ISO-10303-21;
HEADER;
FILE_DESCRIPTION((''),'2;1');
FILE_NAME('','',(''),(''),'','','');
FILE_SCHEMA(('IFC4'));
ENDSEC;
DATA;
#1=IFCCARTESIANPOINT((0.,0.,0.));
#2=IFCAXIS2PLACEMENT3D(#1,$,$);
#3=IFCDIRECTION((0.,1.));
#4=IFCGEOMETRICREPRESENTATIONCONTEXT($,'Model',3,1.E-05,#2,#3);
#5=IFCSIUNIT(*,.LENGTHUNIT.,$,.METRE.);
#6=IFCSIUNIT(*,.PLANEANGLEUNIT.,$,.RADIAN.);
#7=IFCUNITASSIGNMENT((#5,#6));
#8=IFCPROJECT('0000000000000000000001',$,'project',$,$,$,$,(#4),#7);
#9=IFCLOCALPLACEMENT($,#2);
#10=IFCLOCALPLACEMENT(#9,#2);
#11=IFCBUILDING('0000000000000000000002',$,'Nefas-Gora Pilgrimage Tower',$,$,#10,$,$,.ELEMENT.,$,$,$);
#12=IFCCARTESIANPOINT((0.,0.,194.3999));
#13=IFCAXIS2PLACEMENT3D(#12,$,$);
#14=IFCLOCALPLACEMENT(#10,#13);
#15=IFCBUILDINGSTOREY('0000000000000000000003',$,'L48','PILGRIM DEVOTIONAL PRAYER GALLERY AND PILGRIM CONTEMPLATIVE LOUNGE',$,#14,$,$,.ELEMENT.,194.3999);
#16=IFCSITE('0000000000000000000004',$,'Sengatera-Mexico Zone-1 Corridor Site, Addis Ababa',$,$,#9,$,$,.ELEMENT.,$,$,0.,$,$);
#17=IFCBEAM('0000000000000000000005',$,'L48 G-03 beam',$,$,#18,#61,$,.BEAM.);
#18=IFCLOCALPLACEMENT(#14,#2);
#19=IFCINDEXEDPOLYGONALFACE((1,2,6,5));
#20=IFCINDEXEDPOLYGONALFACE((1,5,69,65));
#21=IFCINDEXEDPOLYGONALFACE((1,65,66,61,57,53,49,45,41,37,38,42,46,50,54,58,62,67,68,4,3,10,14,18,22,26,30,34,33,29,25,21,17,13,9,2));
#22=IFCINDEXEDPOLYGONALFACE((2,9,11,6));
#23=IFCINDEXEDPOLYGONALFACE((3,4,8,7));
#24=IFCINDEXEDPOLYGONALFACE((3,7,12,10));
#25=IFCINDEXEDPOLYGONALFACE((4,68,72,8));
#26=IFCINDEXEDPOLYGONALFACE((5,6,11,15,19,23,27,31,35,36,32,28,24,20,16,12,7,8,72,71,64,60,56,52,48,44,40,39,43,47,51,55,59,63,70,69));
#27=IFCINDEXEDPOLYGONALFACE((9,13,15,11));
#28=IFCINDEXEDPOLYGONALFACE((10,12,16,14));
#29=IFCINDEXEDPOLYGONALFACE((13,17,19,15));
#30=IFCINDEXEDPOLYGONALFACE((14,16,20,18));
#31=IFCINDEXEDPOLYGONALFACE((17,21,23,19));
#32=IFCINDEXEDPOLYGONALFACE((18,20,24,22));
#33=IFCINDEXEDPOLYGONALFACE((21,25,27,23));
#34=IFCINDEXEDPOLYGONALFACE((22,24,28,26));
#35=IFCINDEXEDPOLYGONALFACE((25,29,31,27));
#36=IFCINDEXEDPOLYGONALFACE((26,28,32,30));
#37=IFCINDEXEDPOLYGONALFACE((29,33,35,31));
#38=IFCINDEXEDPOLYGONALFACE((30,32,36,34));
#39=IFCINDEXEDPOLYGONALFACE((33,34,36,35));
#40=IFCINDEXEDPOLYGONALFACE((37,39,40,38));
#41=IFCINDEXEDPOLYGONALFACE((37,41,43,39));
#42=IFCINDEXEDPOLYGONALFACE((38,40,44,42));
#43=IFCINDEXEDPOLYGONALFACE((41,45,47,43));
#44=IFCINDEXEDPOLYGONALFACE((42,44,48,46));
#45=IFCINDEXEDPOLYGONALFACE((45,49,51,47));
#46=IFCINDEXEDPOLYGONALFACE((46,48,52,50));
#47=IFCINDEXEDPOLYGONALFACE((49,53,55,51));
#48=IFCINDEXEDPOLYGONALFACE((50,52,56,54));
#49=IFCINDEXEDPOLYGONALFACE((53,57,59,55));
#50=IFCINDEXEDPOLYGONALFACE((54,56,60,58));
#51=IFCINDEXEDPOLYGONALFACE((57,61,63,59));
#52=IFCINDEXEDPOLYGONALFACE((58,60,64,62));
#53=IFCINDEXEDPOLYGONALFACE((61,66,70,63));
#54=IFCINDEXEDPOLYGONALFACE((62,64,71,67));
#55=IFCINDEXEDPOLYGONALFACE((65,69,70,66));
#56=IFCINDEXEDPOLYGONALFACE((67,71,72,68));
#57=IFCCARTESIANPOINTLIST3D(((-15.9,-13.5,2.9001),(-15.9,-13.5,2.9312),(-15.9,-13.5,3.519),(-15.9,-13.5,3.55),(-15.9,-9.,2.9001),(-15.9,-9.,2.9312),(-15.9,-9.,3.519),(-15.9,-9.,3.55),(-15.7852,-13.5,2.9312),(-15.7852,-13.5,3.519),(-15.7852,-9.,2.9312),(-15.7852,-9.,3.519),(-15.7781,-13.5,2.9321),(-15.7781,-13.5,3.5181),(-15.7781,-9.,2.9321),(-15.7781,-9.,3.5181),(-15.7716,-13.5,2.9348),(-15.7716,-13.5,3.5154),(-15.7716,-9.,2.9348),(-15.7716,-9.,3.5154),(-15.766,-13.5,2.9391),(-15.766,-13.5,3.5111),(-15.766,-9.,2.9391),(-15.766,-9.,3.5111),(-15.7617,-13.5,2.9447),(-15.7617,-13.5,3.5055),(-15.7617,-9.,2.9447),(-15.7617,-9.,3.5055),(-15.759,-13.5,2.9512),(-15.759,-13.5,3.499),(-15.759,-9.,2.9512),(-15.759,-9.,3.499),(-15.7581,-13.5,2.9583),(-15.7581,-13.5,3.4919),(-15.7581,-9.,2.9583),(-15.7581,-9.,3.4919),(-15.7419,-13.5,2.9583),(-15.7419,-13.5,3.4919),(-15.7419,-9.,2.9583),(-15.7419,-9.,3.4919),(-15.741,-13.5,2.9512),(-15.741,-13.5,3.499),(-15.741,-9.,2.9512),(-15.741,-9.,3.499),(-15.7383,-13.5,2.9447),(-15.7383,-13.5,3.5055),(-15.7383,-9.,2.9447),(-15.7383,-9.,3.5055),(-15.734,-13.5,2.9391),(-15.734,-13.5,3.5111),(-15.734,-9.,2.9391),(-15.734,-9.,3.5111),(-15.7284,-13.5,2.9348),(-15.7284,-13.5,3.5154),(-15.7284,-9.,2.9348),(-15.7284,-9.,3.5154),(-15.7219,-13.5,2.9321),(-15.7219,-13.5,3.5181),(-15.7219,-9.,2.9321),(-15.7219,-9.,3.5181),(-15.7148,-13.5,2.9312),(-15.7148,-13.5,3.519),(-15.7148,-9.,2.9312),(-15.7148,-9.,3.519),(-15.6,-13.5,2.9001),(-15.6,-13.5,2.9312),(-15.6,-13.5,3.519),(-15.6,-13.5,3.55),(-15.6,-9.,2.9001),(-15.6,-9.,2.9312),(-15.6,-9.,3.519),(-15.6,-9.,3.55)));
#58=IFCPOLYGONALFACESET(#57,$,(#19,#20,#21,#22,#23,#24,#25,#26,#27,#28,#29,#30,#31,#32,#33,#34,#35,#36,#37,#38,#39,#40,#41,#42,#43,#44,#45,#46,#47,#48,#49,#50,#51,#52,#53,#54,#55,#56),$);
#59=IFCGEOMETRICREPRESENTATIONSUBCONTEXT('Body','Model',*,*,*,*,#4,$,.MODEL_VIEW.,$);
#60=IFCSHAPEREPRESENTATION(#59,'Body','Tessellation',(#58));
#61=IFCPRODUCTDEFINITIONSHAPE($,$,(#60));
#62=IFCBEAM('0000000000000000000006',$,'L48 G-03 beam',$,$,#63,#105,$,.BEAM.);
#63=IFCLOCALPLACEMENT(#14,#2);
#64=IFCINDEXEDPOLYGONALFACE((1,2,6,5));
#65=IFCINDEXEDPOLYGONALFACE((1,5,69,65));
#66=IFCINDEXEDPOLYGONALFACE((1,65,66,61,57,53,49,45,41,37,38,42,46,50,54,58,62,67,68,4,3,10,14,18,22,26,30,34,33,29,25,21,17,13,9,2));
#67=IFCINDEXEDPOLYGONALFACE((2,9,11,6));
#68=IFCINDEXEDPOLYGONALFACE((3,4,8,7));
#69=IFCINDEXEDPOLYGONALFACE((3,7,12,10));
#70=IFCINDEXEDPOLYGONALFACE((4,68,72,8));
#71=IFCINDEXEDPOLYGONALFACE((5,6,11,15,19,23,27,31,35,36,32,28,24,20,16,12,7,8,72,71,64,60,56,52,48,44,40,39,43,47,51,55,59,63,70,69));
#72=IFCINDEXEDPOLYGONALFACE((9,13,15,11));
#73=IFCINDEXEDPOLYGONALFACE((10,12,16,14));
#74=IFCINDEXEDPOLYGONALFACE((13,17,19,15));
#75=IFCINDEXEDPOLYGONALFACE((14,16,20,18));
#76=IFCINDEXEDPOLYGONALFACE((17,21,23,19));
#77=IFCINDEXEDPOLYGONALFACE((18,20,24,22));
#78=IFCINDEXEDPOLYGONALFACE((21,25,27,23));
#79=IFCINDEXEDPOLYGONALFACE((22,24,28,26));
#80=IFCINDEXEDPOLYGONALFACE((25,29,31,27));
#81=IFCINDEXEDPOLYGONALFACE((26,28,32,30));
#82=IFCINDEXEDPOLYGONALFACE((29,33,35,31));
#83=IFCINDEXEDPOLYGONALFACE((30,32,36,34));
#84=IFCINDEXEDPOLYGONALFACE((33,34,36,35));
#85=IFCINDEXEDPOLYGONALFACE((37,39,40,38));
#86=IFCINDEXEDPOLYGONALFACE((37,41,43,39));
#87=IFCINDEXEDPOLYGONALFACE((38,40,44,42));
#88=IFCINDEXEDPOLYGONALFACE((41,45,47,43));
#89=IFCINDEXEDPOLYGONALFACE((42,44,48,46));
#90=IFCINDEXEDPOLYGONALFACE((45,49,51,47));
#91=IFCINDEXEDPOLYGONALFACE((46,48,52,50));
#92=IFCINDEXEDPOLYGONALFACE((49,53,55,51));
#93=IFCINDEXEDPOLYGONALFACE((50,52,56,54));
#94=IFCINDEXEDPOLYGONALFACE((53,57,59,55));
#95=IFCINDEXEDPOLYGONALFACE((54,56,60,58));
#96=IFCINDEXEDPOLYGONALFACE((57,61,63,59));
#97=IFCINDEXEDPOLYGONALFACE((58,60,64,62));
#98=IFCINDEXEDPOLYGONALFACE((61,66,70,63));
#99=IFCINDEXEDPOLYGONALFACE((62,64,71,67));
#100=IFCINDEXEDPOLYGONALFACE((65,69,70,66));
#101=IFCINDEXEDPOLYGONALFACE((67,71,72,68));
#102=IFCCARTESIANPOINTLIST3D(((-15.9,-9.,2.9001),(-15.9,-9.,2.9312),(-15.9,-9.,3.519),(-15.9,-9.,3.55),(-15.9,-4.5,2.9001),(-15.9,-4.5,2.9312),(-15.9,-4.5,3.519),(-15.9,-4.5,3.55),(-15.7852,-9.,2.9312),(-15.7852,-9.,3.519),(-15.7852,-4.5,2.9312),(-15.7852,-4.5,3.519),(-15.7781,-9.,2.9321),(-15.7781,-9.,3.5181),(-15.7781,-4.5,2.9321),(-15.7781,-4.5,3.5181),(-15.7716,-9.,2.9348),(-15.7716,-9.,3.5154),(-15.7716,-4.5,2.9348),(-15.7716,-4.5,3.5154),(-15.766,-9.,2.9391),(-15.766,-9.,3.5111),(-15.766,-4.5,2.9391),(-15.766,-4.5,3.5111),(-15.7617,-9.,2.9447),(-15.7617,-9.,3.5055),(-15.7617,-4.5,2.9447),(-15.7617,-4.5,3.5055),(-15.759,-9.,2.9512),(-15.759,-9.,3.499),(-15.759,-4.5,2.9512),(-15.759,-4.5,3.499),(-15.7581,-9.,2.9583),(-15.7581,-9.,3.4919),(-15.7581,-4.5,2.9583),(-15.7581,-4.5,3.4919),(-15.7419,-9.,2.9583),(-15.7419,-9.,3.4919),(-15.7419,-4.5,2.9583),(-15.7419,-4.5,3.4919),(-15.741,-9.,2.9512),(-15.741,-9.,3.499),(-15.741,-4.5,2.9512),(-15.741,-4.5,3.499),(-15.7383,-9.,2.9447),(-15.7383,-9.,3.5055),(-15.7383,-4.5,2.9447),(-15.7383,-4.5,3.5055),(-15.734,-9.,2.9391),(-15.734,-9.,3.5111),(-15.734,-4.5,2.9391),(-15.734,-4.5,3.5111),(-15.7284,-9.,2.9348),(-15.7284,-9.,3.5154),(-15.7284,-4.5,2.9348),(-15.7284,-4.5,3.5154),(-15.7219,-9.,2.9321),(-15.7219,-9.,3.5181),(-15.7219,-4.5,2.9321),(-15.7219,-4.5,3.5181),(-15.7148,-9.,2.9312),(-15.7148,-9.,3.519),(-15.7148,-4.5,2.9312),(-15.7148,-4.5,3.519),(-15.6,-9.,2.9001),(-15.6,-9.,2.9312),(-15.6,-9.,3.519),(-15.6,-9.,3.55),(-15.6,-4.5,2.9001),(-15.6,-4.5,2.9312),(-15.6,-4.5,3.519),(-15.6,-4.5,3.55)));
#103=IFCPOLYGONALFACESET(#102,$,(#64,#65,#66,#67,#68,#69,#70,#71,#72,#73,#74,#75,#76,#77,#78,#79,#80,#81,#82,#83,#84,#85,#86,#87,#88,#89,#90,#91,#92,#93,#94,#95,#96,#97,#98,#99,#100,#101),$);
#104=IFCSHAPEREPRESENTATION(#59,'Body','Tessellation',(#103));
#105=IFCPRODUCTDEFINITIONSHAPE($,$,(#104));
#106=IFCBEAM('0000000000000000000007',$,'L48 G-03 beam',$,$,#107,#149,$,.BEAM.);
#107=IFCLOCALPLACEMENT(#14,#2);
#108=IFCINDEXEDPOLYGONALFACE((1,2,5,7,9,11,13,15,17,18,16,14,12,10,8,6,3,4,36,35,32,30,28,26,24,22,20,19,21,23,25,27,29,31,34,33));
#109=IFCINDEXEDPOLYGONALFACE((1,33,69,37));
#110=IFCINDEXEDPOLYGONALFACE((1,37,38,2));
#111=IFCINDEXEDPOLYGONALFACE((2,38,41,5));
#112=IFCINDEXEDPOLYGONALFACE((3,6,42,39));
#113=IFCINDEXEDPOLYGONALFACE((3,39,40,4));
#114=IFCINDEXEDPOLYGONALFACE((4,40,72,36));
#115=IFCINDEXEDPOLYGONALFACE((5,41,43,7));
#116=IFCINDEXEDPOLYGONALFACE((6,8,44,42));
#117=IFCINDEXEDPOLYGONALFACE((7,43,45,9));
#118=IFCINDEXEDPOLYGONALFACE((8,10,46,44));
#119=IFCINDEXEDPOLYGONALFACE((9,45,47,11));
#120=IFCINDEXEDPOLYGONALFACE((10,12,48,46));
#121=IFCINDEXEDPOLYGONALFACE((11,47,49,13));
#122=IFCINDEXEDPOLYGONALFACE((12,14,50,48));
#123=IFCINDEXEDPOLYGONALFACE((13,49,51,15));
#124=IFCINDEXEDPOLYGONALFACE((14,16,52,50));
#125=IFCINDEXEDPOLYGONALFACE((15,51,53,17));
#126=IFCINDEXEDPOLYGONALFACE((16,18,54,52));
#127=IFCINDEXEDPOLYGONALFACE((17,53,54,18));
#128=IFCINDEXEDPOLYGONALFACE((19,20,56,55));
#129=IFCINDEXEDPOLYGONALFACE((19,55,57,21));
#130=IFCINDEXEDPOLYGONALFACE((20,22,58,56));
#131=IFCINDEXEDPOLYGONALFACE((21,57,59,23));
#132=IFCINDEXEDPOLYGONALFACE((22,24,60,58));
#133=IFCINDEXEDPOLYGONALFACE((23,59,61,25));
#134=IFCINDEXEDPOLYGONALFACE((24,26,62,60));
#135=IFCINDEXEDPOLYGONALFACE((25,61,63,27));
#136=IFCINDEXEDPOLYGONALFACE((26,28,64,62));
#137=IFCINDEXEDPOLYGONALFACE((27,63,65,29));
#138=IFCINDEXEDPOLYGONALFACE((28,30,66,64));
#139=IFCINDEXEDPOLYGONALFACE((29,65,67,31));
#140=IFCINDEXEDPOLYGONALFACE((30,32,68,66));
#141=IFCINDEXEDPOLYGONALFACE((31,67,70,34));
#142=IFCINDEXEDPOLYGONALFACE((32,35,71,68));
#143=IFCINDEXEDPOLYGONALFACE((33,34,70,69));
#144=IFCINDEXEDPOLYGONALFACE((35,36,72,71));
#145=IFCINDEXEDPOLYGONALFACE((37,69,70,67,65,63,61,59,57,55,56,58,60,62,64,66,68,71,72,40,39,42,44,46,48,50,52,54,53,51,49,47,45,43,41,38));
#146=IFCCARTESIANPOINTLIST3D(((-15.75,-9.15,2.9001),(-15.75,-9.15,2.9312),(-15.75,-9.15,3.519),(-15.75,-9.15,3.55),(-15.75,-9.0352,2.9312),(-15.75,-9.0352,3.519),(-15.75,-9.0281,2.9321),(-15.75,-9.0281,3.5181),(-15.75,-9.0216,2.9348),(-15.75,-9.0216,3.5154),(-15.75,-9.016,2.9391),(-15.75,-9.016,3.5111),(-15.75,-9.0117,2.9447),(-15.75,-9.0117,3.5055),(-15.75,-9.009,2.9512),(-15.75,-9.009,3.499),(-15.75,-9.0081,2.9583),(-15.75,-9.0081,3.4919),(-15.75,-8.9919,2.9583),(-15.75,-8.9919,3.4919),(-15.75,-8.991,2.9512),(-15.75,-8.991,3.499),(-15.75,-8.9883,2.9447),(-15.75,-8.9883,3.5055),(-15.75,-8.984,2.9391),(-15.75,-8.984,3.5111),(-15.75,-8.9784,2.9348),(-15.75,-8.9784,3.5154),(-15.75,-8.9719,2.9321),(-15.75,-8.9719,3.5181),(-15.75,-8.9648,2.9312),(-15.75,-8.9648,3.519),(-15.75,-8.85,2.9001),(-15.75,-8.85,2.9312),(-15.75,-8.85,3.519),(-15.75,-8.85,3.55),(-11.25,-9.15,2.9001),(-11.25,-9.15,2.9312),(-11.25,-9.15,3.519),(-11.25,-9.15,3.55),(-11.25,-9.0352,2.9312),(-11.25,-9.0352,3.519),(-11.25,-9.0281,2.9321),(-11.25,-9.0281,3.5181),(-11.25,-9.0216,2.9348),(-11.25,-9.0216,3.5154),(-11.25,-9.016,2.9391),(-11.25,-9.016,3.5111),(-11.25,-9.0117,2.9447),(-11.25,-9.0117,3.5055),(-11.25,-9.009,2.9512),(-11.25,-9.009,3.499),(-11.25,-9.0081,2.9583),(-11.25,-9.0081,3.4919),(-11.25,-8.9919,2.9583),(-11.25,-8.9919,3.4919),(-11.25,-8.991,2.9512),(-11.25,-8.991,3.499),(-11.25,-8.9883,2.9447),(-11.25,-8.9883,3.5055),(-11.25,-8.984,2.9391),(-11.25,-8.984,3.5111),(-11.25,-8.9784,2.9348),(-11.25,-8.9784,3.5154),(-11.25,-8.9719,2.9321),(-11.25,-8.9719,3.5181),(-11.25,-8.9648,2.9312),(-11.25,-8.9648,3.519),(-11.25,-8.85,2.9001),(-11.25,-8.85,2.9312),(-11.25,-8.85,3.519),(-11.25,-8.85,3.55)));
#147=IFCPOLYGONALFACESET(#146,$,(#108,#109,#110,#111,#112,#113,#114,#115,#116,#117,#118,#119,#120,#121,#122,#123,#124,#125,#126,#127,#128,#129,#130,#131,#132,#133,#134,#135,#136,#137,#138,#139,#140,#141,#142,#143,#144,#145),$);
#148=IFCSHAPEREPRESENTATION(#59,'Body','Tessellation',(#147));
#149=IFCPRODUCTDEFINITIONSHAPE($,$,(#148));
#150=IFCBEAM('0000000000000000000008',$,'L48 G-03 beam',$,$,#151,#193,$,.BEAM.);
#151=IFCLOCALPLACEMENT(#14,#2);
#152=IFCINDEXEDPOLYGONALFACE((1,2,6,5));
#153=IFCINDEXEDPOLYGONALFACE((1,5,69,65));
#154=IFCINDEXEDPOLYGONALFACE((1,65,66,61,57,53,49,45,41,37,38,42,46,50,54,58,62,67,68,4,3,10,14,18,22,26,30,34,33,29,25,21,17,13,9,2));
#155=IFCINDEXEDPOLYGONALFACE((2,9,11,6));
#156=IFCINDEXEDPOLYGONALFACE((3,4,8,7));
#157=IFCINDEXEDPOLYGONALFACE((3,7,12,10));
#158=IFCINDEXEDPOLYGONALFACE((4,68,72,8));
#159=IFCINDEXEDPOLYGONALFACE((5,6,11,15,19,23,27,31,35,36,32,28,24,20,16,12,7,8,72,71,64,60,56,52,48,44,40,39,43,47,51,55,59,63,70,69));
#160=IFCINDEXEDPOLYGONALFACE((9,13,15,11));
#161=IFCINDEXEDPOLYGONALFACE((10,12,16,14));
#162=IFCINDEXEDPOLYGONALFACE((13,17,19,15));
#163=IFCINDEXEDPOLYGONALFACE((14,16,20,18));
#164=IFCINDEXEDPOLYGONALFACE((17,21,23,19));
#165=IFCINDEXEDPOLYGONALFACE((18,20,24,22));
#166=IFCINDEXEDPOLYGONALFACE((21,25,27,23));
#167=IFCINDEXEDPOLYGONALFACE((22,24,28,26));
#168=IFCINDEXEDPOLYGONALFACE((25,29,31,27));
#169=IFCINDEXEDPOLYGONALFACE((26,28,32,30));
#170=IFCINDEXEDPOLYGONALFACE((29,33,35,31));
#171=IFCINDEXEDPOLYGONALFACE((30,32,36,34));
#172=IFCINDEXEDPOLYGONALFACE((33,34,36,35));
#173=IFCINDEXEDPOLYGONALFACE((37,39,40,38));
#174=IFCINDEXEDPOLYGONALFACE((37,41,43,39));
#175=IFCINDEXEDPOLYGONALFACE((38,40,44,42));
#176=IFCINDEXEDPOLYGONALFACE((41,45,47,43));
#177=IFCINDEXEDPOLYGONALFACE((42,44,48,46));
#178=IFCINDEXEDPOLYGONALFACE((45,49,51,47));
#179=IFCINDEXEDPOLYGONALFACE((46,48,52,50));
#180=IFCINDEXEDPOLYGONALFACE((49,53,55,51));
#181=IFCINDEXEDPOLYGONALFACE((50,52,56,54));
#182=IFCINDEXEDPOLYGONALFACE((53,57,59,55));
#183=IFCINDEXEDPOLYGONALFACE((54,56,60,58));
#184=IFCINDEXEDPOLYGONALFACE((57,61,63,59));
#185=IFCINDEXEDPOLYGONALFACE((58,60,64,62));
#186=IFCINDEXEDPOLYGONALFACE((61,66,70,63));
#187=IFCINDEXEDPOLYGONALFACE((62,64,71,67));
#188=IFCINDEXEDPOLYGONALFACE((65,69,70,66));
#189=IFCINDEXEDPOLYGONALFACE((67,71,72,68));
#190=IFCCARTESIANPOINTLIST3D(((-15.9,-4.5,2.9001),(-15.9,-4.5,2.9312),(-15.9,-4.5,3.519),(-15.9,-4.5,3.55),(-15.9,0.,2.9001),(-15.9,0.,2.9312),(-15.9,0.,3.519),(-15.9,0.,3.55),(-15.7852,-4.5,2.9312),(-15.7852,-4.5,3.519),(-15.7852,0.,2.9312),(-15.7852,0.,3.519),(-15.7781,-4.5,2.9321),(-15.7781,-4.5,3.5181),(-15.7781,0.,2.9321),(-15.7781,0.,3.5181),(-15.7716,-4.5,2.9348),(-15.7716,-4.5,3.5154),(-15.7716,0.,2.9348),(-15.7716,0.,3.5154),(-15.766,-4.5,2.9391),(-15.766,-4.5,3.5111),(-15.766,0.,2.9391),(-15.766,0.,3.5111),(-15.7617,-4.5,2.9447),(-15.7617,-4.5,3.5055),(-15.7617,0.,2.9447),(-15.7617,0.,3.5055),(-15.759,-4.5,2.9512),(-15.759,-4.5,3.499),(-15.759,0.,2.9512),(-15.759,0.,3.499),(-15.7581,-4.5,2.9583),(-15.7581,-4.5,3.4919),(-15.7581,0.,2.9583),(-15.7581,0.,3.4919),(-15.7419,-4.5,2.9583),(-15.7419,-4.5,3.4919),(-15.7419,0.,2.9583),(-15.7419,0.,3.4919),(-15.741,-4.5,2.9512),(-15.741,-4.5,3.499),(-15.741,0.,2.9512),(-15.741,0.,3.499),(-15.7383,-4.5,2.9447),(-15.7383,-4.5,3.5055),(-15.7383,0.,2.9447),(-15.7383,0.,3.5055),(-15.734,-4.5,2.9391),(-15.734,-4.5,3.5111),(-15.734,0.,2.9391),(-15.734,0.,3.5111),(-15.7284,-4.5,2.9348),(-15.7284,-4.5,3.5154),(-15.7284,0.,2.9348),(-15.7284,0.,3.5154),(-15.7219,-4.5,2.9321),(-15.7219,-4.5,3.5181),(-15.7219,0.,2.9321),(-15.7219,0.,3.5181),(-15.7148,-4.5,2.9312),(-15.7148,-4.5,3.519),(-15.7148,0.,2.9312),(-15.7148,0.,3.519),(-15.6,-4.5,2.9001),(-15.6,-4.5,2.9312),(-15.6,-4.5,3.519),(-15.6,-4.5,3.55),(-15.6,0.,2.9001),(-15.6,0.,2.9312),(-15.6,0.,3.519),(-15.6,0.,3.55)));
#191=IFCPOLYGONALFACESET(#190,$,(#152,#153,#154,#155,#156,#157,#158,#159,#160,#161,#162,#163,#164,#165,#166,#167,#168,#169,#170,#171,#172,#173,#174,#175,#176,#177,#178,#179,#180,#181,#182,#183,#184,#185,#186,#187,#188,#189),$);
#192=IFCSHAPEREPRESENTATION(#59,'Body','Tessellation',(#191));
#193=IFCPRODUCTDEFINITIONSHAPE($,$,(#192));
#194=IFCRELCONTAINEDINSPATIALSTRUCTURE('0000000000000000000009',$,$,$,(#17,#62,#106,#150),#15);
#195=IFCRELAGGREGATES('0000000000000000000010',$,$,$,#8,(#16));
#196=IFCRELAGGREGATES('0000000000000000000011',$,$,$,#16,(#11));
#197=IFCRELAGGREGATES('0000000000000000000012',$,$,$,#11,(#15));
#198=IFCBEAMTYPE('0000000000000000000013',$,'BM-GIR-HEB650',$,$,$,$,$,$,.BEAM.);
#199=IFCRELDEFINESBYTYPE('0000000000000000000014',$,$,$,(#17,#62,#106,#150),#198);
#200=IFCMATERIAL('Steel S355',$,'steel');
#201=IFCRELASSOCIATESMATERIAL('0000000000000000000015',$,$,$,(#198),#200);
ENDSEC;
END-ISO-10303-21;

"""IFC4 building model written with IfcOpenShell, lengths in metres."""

from ifc_helpers import new_model, si_unit, direction, frame, origin, origin_2d, place, context, subcontext, project, spatial, i_section, extrude, source, transform, mapped, material, material_profile, profile_set, type_object, element, save


model = new_model("IFC4")

# Units and contexts
model_context = context("Model", 3, precision=1e-05, world=origin(), true_north=direction((0.0, 1.0)))
body_context = subcontext(model_context, "Body", "Model", "MODEL_VIEW")
ifc_project = project(units=[si_unit("LENGTHUNIT", "METRE"), si_unit("PLANEANGLEUNIT", "RADIAN")], contexts=[model_context])

# Site, building, storey
site_placement = place(None, origin())
site = spatial("IfcSite", under=ifc_project, at=site_placement, Name="Sengatera-Mexico Zone-1 Corridor Site, Addis Ababa", CompositionType="ELEMENT", RefElevation=0.0)
building_placement = place(site_placement, origin())
building = spatial("IfcBuilding", under=site, at=building_placement, Name="Nefas-Gora Pilgrimage Tower", CompositionType="ELEMENT")
storey_placement = place(building_placement, frame((0.0, 0.0, 194.3999)))
storey = spatial("IfcBuildingStorey", under=building, at=storey_placement, Name="L48", Description="PILGRIM DEVOTIONAL PRAYER GALLERY AND PILGRIM CONTEMPLATIVE LOUNGE", CompositionType="ELEMENT", Elevation=194.3999)

# Beams
ifc_material_1 = material(Name="Steel S355", Category="steel")
ifc_material_profile_1 = material_profile(ifc_material_1, i_section(OverallWidth=0.3, OverallDepth=0.6499, WebThickness=0.0161, FlangeThickness=0.031, FilletRadius=0.0271, at=origin_2d()), Name="HEB 650")
ifc_profile_set_1 = profile_set([ifc_material_profile_1], Name="Steel S355")
beam_type = type_object("IfcBeamType", Name="BM-GIR-HEB650", PredefinedType="BEAM", material=ifc_profile_set_1)
shared_shape_1 = source(origin(), body_context, "Body", "SweptSolid", [
    extrude(i_section(OverallWidth=0.3, OverallDepth=0.6499, WebThickness=0.0161, FlangeThickness=0.031, FilletRadius=0.0271, at=origin_2d()), origin(), (0.0, 0.0, 1.0), 4.5),
])
for number, where, z_axis, x_axis, name in (
    (1, (-15.75, -13.5, 3.2251), (0.0, 1.0, 0.0), (-1.0, 0.0, 0.0), "L48 G-03 beam"),
    (2, (-15.75, -9.0, 3.2251), (0.0, 1.0, 0.0), (-1.0, 0.0, 0.0), "L48 G-03 beam"),
    (3, (-15.75, -9.0, 3.2251), (1.0, 0.0, 0.0), (0.0, 1.0, 0.0), "L48 G-03 beam"),
    (4, (-15.75, -4.5, 3.2251), (0.0, 1.0, 0.0), (-1.0, 0.0, 0.0), "L48 G-03 beam"),
):
    element("IfcBeam", number, at=place(storey_placement, frame(where, z_axis=z_axis, x_axis=x_axis)), inside=storey, type_object=beam_type, Name=name, PredefinedType="BEAM", context=body_context, shape_type="MappedRepresentation", body=[
        mapped(shared_shape_1, transform((0.0, 0.0, 0.0), x_axis=(1.0, 0.0, 0.0), y_axis=(0.0, 1.0, 0.0), z_axis=(0.0, 0.0, 1.0), scale=1.0)),
    ])

save(model, "model.ifc")
